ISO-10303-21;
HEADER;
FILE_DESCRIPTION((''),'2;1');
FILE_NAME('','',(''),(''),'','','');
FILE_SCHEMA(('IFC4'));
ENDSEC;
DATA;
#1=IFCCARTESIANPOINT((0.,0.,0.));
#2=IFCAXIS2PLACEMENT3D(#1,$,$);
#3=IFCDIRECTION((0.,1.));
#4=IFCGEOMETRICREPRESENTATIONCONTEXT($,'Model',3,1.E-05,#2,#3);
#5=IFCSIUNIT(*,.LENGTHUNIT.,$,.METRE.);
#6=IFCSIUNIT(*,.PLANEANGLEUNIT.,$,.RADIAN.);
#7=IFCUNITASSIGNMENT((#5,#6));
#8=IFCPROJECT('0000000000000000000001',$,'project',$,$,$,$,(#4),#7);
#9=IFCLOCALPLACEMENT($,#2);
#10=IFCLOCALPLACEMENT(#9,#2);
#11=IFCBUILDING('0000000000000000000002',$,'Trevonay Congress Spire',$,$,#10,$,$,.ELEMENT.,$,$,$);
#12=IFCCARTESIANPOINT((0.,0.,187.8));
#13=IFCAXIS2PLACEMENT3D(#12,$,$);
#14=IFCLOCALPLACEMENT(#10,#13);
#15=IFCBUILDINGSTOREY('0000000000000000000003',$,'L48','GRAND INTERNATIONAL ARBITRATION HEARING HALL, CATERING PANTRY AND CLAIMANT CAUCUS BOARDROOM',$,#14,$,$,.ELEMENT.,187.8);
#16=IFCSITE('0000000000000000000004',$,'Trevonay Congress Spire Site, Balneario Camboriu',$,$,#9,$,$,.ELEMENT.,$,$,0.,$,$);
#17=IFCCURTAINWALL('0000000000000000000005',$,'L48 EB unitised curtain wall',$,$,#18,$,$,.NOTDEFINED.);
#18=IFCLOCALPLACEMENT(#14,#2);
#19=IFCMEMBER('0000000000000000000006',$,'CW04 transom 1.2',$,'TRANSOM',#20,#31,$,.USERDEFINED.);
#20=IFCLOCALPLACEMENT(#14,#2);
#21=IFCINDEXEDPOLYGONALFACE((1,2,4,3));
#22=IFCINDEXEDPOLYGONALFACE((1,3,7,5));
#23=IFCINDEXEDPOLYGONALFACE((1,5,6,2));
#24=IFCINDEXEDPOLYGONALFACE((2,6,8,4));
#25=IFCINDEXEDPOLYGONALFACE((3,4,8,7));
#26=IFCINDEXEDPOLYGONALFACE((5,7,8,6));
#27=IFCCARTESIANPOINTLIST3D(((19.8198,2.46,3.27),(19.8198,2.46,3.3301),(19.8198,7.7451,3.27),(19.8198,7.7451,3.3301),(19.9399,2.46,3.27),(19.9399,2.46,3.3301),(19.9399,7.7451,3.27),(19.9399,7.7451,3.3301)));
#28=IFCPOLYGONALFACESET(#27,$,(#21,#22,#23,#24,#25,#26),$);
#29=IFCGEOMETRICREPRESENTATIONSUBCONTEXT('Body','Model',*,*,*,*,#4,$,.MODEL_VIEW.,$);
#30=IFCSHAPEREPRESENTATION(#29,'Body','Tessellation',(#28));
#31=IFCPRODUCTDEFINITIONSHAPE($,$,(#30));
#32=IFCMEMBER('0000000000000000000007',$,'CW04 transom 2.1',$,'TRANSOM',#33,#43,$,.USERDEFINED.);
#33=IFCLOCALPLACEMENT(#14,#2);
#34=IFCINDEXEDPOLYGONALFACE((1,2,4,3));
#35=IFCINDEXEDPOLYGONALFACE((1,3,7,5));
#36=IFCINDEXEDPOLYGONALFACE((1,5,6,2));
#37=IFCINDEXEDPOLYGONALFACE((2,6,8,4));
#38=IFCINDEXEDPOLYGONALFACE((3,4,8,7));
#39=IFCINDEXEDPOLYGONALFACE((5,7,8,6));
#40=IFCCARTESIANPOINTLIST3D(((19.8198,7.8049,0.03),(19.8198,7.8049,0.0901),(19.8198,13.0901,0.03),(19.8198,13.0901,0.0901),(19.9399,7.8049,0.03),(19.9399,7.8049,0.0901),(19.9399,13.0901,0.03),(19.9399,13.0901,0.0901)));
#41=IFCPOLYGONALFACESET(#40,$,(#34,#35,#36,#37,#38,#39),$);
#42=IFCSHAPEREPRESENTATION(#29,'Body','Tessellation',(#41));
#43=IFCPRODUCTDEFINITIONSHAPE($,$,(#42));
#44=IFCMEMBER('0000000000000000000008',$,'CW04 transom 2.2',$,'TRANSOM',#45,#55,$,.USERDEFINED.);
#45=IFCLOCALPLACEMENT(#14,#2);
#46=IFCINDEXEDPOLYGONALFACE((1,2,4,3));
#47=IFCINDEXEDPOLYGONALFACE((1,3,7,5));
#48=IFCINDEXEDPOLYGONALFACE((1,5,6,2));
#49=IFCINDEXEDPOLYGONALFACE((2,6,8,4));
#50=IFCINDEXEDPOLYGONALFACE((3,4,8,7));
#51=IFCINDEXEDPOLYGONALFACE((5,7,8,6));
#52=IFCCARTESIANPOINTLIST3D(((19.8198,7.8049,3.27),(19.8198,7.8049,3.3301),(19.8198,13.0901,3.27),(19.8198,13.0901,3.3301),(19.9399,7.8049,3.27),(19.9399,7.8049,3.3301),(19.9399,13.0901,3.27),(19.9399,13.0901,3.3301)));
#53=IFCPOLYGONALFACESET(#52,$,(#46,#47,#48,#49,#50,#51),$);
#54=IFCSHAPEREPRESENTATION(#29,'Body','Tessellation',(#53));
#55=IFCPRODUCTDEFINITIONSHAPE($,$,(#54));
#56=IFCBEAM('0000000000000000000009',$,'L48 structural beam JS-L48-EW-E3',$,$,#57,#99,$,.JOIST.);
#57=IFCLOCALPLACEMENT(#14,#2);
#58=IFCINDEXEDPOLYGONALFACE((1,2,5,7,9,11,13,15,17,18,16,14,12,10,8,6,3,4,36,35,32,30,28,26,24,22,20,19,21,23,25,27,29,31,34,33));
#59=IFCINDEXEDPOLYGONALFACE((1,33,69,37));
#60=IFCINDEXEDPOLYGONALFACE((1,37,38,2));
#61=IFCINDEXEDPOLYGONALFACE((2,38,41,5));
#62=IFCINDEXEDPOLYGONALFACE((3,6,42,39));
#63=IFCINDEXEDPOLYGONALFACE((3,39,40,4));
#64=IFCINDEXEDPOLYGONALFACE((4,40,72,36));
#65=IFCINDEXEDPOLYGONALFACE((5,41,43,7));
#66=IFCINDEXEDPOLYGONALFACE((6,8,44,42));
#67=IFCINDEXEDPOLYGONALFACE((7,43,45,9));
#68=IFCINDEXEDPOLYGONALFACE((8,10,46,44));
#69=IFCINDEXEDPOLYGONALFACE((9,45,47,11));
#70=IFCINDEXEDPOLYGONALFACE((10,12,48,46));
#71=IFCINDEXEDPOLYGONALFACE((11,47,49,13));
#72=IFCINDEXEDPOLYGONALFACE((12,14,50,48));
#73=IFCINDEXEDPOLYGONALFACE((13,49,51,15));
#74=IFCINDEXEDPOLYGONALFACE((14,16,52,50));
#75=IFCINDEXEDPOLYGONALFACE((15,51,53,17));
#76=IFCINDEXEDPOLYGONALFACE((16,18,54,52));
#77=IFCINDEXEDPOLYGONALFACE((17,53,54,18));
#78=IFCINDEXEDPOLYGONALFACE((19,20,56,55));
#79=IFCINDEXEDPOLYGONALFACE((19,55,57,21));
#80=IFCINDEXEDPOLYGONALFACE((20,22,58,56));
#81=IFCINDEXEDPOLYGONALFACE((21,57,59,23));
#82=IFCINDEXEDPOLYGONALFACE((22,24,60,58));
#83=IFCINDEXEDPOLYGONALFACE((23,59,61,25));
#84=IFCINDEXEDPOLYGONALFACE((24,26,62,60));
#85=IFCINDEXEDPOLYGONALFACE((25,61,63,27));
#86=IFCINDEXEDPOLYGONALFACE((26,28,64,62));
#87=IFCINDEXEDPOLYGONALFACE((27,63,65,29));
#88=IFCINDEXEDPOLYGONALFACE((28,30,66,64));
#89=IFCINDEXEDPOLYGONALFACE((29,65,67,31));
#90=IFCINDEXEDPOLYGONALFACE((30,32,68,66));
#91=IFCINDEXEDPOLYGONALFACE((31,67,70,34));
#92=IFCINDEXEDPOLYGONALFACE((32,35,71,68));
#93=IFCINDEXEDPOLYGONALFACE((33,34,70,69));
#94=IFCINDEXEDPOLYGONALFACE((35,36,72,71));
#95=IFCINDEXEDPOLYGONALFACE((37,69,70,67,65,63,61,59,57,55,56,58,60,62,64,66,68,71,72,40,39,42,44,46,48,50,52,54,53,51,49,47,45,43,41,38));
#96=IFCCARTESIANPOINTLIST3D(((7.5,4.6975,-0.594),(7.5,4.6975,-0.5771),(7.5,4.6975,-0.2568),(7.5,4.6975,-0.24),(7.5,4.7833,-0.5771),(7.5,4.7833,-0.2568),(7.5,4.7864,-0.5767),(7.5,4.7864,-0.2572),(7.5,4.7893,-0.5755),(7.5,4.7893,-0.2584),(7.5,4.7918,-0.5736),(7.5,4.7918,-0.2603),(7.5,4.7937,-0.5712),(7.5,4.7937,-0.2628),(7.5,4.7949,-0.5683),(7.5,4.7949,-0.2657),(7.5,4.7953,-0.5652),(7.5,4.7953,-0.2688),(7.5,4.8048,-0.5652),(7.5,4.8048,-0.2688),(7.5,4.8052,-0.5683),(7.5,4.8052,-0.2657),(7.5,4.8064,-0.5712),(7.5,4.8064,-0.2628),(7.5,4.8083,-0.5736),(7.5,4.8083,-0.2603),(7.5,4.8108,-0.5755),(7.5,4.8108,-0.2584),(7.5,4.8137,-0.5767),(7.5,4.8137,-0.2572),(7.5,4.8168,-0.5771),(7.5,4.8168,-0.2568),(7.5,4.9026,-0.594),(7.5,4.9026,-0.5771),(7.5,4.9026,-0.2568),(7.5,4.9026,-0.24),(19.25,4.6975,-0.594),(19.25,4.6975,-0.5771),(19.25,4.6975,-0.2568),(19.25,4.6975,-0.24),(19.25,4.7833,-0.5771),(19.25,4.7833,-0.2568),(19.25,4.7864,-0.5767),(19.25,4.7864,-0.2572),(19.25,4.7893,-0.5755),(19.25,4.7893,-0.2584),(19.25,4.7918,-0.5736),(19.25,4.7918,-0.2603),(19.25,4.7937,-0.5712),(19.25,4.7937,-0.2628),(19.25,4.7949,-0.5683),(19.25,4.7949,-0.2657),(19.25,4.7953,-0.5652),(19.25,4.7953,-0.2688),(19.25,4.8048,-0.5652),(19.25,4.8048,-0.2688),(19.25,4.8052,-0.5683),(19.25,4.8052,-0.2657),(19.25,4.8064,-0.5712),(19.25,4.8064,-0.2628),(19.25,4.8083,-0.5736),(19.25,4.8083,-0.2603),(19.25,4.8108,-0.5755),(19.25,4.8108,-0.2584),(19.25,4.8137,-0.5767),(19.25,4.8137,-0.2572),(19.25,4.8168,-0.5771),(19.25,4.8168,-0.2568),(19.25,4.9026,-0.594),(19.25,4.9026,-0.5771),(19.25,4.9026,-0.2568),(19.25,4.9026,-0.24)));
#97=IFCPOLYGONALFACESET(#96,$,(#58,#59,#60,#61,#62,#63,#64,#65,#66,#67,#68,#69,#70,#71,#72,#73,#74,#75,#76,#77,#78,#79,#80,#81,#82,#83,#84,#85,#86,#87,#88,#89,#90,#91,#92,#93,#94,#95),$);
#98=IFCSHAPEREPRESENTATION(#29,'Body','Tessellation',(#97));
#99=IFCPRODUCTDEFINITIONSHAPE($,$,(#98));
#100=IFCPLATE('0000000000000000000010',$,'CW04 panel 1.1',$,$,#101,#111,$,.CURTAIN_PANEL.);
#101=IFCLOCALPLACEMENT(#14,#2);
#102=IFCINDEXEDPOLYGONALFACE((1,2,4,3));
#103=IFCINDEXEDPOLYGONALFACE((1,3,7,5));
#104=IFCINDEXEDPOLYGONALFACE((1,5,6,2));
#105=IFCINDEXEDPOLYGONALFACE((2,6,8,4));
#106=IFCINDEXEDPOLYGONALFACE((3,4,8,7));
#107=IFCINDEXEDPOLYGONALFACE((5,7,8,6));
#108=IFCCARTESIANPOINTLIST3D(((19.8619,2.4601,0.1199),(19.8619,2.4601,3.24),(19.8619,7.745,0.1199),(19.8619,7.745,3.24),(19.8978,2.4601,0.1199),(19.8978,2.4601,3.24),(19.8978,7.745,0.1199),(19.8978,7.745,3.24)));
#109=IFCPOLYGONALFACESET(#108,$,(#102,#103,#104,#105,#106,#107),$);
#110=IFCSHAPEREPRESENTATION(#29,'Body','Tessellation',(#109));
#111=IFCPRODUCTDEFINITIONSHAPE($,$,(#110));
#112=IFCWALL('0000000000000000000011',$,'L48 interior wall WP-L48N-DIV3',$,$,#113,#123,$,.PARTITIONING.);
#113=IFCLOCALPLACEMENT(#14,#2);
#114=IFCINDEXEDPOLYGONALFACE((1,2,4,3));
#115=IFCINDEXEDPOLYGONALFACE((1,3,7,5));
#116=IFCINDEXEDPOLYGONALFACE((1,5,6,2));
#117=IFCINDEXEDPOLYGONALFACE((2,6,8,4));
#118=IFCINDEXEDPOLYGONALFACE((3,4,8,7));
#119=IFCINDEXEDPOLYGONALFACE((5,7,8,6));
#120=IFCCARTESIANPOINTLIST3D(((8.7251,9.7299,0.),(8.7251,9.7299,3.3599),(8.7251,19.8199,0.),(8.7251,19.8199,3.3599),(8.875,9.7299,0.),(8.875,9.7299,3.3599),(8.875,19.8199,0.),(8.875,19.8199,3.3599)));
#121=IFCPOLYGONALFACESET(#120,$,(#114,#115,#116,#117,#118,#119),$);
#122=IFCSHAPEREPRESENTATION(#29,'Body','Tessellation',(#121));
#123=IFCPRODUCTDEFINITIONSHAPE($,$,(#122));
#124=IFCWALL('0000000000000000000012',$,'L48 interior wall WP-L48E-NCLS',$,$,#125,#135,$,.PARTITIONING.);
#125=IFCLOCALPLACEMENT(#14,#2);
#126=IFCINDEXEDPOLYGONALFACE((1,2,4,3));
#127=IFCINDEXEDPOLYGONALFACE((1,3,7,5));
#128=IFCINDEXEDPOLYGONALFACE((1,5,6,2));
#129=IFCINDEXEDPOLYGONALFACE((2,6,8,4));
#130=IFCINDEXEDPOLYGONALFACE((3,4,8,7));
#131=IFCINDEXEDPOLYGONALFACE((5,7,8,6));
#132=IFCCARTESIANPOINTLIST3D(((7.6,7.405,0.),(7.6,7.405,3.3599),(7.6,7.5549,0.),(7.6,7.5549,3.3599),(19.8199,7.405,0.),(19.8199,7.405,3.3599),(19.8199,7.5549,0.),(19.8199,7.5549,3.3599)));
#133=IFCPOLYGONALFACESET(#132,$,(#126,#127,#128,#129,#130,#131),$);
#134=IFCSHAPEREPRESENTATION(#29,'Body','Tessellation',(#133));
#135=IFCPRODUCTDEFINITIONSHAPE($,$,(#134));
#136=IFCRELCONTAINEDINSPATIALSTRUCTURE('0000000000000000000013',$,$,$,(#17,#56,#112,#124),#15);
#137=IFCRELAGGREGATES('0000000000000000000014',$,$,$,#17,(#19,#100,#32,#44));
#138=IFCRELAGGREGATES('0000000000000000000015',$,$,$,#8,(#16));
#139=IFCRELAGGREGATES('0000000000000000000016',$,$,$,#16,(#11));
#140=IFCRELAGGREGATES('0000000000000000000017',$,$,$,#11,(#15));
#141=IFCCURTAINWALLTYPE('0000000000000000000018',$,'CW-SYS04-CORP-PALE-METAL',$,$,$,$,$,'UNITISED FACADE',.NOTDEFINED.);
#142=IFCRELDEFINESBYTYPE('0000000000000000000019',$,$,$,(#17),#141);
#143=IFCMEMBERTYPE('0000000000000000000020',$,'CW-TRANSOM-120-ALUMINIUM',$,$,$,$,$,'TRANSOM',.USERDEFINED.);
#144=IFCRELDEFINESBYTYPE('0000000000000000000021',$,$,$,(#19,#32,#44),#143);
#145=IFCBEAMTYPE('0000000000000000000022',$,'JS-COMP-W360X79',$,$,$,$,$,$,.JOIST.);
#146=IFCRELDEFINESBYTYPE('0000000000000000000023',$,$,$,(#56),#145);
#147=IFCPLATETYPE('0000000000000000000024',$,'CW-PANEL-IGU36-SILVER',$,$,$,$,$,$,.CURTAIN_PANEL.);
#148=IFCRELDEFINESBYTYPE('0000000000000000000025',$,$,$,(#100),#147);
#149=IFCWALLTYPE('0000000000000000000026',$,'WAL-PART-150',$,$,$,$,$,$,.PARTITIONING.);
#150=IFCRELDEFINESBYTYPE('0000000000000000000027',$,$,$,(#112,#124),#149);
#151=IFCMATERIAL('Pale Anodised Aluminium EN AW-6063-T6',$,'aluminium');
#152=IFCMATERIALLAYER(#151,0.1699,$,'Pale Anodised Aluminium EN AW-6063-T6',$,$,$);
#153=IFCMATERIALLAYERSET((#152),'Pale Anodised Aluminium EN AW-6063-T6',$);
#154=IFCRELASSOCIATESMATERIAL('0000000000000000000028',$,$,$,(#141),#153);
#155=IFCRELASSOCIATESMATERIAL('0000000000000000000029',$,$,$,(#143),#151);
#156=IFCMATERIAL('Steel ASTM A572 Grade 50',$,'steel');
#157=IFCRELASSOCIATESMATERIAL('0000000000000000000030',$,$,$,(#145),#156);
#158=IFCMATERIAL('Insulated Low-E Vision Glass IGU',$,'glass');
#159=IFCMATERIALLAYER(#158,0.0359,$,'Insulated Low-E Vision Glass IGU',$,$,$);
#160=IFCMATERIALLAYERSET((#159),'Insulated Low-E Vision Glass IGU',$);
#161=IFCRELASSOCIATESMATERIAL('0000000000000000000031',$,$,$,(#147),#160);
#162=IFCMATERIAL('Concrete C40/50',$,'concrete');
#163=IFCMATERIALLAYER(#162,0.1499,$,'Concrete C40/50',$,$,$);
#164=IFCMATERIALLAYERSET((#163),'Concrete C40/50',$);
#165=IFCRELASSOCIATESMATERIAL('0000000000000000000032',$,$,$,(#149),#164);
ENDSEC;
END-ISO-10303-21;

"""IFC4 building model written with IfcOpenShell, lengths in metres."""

from ifc_helpers import new_model, si_unit, direction, frame, frame_2d, origin, origin_2d, place, context, subcontext, project, spatial, rectangle, i_section, extrude, material, layer, layer_set, material_profile, profile_set, type_object, element, aggregate, save


model = new_model("IFC4")

# Units and contexts
model_context = context("Model", 3, precision=1e-05, world=origin(), true_north=direction((0.0, 1.0)))
body_context = subcontext(model_context, "Body", "Model", "MODEL_VIEW")
ifc_project = project(units=[si_unit("LENGTHUNIT", "METRE"), si_unit("PLANEANGLEUNIT", "RADIAN")], contexts=[model_context])

# Site, building, storey
site_placement = place(None, origin())
site = spatial("IfcSite", under=ifc_project, at=site_placement, Name="Trevonay Congress Spire Site, Balneario Camboriu", CompositionType="ELEMENT", RefElevation=0.0)
building_placement = place(site_placement, origin())
building = spatial("IfcBuilding", under=site, at=building_placement, Name="Trevonay Congress Spire", CompositionType="ELEMENT")
storey_placement = place(building_placement, frame((0.0, 0.0, 187.8)))
storey = spatial("IfcBuildingStorey", under=building, at=storey_placement, Name="L48", Description="GRAND INTERNATIONAL ARBITRATION HEARING HALL, CATERING PANTRY AND CLAIMANT CAUCUS BOARDROOM", CompositionType="ELEMENT", Elevation=187.8)

# Shared definitions
ifc_material_1 = material(Name="Steel ASTM A572 Grade 50", Category="steel")

# Curtain wall, members
ifc_material_2 = material(Name="Pale Anodised Aluminium EN AW-6063-T6", Category="aluminium")
ifc_layer_1 = layer(ifc_material_2, 0.1699, Name="Pale Anodised Aluminium EN AW-6063-T6")
ifc_layer_set_1 = layer_set([ifc_layer_1], Name="Pale Anodised Aluminium EN AW-6063-T6")
curtain_wall_type = type_object("IfcCurtainWallType", Name="CW-SYS04-CORP-PALE-METAL", ElementType="UNITISED FACADE", PredefinedType="NOTDEFINED", material=ifc_layer_set_1)
curtain_wall_placement = place(storey_placement, origin())
curtain_wall = element("IfcCurtainWall", 1, at=curtain_wall_placement, inside=storey, type_object=curtain_wall_type, Name="L48 EB unitised curtain wall", PredefinedType="NOTDEFINED")
ifc_material_profile_1 = material_profile(ifc_material_2, rectangle(XDim=0.1201, YDim=0.0601, at=origin_2d()), Name="CW-TRANSOM-120-ALUMINIUM")
ifc_profile_set_1 = profile_set([ifc_material_profile_1], Name="Pale Anodised Aluminium EN AW-6063-T6")
member_type_1 = type_object("IfcMemberType", Name="CW-TRANSOM-120-ALUMINIUM", ElementType="TRANSOM", PredefinedType="USERDEFINED", material=ifc_profile_set_1)
member_1_placement = place(storey_placement, frame((19.8799, 2.46, 3.3), z_axis=(0.0, 1.0, 0.0), x_axis=(-1.0, 0.0, 0.0)))
member_1 = element("IfcMember", 2, at=member_1_placement, type_object=member_type_1, Name="CW04 transom 1.2", ObjectType="TRANSOM", PredefinedType="USERDEFINED", context=body_context, shape_type="SweptSolid", body=[
    extrude(rectangle(XDim=0.1201, YDim=0.0601, at=origin_2d()), origin(), (0.0, 0.0, 1.0), 5.2852),
])
member_2_placement = place(storey_placement, frame((19.8799, 7.8049, 0.0601), z_axis=(0.0, 1.0, 0.0), x_axis=(-1.0, 0.0, 0.0)))
member_2 = element("IfcMember", 3, at=member_2_placement, type_object=member_type_1, Name="CW04 transom 2.1", ObjectType="TRANSOM", PredefinedType="USERDEFINED", context=body_context, shape_type="SweptSolid", body=[
    extrude(rectangle(XDim=0.1201, YDim=0.0601, at=origin_2d()), origin(), (0.0, 0.0, 1.0), 5.2852),
])
member_3_placement = place(storey_placement, frame((19.8799, 7.8049, 3.3), z_axis=(0.0, 1.0, 0.0), x_axis=(-1.0, 0.0, 0.0)))
member_3 = element("IfcMember", 4, at=member_3_placement, type_object=member_type_1, Name="CW04 transom 2.2", ObjectType="TRANSOM", PredefinedType="USERDEFINED", context=body_context, shape_type="SweptSolid", body=[
    extrude(rectangle(XDim=0.1201, YDim=0.0601, at=origin_2d()), origin(), (0.0, 0.0, 1.0), 5.2852),
])

# Beam
ifc_material_profile_2 = material_profile(ifc_material_1, i_section(OverallWidth=0.2051, OverallDepth=0.354, WebThickness=0.0095, FlangeThickness=0.0168, FilletRadius=0.012, at=origin_2d()), Name="W360x79")
ifc_profile_set_2 = profile_set([ifc_material_profile_2], Name="Steel ASTM A572 Grade 50")
beam_type_1 = type_object("IfcBeamType", Name="JS-COMP-W360X79", PredefinedType="JOIST", material=ifc_profile_set_2)
beam_1_placement = place(storey_placement, frame((7.5, 4.8, -0.417), z_axis=(1.0, 0.0, 0.0), x_axis=(0.0, 1.0, 0.0)))
element("IfcBeam", 5, at=beam_1_placement, inside=storey, type_object=beam_type_1, Name="L48 structural beam JS-L48-EW-E3", PredefinedType="JOIST", context=body_context, shape_type="SweptSolid", body=[
    extrude(i_section(OverallWidth=0.2051, OverallDepth=0.354, WebThickness=0.0095, FlangeThickness=0.0168, FilletRadius=0.012, at=origin_2d()), origin(), (0.0, 0.0, 1.0), 11.75),
])

# Plate
ifc_material_3 = material(Name="Insulated Low-E Vision Glass IGU", Category="glass")
ifc_layer_2 = layer(ifc_material_3, 0.0359, Name="Insulated Low-E Vision Glass IGU")
ifc_layer_set_2 = layer_set([ifc_layer_2], Name="Insulated Low-E Vision Glass IGU")
plate_type = type_object("IfcPlateType", Name="CW-PANEL-IGU36-SILVER", PredefinedType="CURTAIN_PANEL", material=ifc_layer_set_2)
plate_placement = place(storey_placement, frame((19.8799, 5.1025, 0.1199), z_axis=(0.0, 0.0, 1.0), x_axis=(0.0, 1.0, 0.0)))
plate = element("IfcPlate", 6, at=plate_placement, type_object=plate_type, Name="CW04 panel 1.1", PredefinedType="CURTAIN_PANEL", context=body_context, shape_type="SweptSolid", body=[
    extrude(rectangle(XDim=5.2849, YDim=0.0359, at=origin_2d()), origin(), (0.0, 0.0, 1.0), 3.1201),
])
aggregate(curtain_wall, [member_1, plate, member_2, member_3])

# Walls
ifc_material_4 = material(Name="Concrete C40/50", Category="concrete")
ifc_layer_3 = layer(ifc_material_4, 0.1499, Name="Concrete C40/50")
ifc_layer_set_3 = layer_set([ifc_layer_3], Name="Concrete C40/50")
wall_type = type_object("IfcWallType", Name="WAL-PART-150", PredefinedType="PARTITIONING", material=ifc_layer_set_3)
wall_1_placement = place(storey_placement, frame((8.8, 9.73, 0.0), z_axis=(0.0, 0.0, 1.0), x_axis=(0.0, 1.0, 0.0)))
element("IfcWall", 7, at=wall_1_placement, inside=storey, type_object=wall_type, Name="L48 interior wall WP-L48N-DIV3", PredefinedType="PARTITIONING", context=body_context, shape_type="SweptSolid", body=[
    extrude(rectangle(XDim=10.0901, YDim=0.1499, at=frame_2d((5.0449, 0.0))), origin(), (0.0, 0.0, 1.0), 3.3599),
])
wall_2_placement = place(storey_placement, frame((7.6001, 7.48, 0.0), z_axis=(0.0, 0.0, 1.0), x_axis=(1.0, 0.0, 0.0)))
element("IfcWall", 8, at=wall_2_placement, inside=storey, type_object=wall_type, Name="L48 interior wall WP-L48E-NCLS", PredefinedType="PARTITIONING", context=body_context, shape_type="SweptSolid", body=[
    extrude(rectangle(XDim=12.22, YDim=0.1499, at=frame_2d((6.1099, 0.0))), origin(), (0.0, 0.0, 1.0), 3.3599),
])

save(model, "model.ifc")
